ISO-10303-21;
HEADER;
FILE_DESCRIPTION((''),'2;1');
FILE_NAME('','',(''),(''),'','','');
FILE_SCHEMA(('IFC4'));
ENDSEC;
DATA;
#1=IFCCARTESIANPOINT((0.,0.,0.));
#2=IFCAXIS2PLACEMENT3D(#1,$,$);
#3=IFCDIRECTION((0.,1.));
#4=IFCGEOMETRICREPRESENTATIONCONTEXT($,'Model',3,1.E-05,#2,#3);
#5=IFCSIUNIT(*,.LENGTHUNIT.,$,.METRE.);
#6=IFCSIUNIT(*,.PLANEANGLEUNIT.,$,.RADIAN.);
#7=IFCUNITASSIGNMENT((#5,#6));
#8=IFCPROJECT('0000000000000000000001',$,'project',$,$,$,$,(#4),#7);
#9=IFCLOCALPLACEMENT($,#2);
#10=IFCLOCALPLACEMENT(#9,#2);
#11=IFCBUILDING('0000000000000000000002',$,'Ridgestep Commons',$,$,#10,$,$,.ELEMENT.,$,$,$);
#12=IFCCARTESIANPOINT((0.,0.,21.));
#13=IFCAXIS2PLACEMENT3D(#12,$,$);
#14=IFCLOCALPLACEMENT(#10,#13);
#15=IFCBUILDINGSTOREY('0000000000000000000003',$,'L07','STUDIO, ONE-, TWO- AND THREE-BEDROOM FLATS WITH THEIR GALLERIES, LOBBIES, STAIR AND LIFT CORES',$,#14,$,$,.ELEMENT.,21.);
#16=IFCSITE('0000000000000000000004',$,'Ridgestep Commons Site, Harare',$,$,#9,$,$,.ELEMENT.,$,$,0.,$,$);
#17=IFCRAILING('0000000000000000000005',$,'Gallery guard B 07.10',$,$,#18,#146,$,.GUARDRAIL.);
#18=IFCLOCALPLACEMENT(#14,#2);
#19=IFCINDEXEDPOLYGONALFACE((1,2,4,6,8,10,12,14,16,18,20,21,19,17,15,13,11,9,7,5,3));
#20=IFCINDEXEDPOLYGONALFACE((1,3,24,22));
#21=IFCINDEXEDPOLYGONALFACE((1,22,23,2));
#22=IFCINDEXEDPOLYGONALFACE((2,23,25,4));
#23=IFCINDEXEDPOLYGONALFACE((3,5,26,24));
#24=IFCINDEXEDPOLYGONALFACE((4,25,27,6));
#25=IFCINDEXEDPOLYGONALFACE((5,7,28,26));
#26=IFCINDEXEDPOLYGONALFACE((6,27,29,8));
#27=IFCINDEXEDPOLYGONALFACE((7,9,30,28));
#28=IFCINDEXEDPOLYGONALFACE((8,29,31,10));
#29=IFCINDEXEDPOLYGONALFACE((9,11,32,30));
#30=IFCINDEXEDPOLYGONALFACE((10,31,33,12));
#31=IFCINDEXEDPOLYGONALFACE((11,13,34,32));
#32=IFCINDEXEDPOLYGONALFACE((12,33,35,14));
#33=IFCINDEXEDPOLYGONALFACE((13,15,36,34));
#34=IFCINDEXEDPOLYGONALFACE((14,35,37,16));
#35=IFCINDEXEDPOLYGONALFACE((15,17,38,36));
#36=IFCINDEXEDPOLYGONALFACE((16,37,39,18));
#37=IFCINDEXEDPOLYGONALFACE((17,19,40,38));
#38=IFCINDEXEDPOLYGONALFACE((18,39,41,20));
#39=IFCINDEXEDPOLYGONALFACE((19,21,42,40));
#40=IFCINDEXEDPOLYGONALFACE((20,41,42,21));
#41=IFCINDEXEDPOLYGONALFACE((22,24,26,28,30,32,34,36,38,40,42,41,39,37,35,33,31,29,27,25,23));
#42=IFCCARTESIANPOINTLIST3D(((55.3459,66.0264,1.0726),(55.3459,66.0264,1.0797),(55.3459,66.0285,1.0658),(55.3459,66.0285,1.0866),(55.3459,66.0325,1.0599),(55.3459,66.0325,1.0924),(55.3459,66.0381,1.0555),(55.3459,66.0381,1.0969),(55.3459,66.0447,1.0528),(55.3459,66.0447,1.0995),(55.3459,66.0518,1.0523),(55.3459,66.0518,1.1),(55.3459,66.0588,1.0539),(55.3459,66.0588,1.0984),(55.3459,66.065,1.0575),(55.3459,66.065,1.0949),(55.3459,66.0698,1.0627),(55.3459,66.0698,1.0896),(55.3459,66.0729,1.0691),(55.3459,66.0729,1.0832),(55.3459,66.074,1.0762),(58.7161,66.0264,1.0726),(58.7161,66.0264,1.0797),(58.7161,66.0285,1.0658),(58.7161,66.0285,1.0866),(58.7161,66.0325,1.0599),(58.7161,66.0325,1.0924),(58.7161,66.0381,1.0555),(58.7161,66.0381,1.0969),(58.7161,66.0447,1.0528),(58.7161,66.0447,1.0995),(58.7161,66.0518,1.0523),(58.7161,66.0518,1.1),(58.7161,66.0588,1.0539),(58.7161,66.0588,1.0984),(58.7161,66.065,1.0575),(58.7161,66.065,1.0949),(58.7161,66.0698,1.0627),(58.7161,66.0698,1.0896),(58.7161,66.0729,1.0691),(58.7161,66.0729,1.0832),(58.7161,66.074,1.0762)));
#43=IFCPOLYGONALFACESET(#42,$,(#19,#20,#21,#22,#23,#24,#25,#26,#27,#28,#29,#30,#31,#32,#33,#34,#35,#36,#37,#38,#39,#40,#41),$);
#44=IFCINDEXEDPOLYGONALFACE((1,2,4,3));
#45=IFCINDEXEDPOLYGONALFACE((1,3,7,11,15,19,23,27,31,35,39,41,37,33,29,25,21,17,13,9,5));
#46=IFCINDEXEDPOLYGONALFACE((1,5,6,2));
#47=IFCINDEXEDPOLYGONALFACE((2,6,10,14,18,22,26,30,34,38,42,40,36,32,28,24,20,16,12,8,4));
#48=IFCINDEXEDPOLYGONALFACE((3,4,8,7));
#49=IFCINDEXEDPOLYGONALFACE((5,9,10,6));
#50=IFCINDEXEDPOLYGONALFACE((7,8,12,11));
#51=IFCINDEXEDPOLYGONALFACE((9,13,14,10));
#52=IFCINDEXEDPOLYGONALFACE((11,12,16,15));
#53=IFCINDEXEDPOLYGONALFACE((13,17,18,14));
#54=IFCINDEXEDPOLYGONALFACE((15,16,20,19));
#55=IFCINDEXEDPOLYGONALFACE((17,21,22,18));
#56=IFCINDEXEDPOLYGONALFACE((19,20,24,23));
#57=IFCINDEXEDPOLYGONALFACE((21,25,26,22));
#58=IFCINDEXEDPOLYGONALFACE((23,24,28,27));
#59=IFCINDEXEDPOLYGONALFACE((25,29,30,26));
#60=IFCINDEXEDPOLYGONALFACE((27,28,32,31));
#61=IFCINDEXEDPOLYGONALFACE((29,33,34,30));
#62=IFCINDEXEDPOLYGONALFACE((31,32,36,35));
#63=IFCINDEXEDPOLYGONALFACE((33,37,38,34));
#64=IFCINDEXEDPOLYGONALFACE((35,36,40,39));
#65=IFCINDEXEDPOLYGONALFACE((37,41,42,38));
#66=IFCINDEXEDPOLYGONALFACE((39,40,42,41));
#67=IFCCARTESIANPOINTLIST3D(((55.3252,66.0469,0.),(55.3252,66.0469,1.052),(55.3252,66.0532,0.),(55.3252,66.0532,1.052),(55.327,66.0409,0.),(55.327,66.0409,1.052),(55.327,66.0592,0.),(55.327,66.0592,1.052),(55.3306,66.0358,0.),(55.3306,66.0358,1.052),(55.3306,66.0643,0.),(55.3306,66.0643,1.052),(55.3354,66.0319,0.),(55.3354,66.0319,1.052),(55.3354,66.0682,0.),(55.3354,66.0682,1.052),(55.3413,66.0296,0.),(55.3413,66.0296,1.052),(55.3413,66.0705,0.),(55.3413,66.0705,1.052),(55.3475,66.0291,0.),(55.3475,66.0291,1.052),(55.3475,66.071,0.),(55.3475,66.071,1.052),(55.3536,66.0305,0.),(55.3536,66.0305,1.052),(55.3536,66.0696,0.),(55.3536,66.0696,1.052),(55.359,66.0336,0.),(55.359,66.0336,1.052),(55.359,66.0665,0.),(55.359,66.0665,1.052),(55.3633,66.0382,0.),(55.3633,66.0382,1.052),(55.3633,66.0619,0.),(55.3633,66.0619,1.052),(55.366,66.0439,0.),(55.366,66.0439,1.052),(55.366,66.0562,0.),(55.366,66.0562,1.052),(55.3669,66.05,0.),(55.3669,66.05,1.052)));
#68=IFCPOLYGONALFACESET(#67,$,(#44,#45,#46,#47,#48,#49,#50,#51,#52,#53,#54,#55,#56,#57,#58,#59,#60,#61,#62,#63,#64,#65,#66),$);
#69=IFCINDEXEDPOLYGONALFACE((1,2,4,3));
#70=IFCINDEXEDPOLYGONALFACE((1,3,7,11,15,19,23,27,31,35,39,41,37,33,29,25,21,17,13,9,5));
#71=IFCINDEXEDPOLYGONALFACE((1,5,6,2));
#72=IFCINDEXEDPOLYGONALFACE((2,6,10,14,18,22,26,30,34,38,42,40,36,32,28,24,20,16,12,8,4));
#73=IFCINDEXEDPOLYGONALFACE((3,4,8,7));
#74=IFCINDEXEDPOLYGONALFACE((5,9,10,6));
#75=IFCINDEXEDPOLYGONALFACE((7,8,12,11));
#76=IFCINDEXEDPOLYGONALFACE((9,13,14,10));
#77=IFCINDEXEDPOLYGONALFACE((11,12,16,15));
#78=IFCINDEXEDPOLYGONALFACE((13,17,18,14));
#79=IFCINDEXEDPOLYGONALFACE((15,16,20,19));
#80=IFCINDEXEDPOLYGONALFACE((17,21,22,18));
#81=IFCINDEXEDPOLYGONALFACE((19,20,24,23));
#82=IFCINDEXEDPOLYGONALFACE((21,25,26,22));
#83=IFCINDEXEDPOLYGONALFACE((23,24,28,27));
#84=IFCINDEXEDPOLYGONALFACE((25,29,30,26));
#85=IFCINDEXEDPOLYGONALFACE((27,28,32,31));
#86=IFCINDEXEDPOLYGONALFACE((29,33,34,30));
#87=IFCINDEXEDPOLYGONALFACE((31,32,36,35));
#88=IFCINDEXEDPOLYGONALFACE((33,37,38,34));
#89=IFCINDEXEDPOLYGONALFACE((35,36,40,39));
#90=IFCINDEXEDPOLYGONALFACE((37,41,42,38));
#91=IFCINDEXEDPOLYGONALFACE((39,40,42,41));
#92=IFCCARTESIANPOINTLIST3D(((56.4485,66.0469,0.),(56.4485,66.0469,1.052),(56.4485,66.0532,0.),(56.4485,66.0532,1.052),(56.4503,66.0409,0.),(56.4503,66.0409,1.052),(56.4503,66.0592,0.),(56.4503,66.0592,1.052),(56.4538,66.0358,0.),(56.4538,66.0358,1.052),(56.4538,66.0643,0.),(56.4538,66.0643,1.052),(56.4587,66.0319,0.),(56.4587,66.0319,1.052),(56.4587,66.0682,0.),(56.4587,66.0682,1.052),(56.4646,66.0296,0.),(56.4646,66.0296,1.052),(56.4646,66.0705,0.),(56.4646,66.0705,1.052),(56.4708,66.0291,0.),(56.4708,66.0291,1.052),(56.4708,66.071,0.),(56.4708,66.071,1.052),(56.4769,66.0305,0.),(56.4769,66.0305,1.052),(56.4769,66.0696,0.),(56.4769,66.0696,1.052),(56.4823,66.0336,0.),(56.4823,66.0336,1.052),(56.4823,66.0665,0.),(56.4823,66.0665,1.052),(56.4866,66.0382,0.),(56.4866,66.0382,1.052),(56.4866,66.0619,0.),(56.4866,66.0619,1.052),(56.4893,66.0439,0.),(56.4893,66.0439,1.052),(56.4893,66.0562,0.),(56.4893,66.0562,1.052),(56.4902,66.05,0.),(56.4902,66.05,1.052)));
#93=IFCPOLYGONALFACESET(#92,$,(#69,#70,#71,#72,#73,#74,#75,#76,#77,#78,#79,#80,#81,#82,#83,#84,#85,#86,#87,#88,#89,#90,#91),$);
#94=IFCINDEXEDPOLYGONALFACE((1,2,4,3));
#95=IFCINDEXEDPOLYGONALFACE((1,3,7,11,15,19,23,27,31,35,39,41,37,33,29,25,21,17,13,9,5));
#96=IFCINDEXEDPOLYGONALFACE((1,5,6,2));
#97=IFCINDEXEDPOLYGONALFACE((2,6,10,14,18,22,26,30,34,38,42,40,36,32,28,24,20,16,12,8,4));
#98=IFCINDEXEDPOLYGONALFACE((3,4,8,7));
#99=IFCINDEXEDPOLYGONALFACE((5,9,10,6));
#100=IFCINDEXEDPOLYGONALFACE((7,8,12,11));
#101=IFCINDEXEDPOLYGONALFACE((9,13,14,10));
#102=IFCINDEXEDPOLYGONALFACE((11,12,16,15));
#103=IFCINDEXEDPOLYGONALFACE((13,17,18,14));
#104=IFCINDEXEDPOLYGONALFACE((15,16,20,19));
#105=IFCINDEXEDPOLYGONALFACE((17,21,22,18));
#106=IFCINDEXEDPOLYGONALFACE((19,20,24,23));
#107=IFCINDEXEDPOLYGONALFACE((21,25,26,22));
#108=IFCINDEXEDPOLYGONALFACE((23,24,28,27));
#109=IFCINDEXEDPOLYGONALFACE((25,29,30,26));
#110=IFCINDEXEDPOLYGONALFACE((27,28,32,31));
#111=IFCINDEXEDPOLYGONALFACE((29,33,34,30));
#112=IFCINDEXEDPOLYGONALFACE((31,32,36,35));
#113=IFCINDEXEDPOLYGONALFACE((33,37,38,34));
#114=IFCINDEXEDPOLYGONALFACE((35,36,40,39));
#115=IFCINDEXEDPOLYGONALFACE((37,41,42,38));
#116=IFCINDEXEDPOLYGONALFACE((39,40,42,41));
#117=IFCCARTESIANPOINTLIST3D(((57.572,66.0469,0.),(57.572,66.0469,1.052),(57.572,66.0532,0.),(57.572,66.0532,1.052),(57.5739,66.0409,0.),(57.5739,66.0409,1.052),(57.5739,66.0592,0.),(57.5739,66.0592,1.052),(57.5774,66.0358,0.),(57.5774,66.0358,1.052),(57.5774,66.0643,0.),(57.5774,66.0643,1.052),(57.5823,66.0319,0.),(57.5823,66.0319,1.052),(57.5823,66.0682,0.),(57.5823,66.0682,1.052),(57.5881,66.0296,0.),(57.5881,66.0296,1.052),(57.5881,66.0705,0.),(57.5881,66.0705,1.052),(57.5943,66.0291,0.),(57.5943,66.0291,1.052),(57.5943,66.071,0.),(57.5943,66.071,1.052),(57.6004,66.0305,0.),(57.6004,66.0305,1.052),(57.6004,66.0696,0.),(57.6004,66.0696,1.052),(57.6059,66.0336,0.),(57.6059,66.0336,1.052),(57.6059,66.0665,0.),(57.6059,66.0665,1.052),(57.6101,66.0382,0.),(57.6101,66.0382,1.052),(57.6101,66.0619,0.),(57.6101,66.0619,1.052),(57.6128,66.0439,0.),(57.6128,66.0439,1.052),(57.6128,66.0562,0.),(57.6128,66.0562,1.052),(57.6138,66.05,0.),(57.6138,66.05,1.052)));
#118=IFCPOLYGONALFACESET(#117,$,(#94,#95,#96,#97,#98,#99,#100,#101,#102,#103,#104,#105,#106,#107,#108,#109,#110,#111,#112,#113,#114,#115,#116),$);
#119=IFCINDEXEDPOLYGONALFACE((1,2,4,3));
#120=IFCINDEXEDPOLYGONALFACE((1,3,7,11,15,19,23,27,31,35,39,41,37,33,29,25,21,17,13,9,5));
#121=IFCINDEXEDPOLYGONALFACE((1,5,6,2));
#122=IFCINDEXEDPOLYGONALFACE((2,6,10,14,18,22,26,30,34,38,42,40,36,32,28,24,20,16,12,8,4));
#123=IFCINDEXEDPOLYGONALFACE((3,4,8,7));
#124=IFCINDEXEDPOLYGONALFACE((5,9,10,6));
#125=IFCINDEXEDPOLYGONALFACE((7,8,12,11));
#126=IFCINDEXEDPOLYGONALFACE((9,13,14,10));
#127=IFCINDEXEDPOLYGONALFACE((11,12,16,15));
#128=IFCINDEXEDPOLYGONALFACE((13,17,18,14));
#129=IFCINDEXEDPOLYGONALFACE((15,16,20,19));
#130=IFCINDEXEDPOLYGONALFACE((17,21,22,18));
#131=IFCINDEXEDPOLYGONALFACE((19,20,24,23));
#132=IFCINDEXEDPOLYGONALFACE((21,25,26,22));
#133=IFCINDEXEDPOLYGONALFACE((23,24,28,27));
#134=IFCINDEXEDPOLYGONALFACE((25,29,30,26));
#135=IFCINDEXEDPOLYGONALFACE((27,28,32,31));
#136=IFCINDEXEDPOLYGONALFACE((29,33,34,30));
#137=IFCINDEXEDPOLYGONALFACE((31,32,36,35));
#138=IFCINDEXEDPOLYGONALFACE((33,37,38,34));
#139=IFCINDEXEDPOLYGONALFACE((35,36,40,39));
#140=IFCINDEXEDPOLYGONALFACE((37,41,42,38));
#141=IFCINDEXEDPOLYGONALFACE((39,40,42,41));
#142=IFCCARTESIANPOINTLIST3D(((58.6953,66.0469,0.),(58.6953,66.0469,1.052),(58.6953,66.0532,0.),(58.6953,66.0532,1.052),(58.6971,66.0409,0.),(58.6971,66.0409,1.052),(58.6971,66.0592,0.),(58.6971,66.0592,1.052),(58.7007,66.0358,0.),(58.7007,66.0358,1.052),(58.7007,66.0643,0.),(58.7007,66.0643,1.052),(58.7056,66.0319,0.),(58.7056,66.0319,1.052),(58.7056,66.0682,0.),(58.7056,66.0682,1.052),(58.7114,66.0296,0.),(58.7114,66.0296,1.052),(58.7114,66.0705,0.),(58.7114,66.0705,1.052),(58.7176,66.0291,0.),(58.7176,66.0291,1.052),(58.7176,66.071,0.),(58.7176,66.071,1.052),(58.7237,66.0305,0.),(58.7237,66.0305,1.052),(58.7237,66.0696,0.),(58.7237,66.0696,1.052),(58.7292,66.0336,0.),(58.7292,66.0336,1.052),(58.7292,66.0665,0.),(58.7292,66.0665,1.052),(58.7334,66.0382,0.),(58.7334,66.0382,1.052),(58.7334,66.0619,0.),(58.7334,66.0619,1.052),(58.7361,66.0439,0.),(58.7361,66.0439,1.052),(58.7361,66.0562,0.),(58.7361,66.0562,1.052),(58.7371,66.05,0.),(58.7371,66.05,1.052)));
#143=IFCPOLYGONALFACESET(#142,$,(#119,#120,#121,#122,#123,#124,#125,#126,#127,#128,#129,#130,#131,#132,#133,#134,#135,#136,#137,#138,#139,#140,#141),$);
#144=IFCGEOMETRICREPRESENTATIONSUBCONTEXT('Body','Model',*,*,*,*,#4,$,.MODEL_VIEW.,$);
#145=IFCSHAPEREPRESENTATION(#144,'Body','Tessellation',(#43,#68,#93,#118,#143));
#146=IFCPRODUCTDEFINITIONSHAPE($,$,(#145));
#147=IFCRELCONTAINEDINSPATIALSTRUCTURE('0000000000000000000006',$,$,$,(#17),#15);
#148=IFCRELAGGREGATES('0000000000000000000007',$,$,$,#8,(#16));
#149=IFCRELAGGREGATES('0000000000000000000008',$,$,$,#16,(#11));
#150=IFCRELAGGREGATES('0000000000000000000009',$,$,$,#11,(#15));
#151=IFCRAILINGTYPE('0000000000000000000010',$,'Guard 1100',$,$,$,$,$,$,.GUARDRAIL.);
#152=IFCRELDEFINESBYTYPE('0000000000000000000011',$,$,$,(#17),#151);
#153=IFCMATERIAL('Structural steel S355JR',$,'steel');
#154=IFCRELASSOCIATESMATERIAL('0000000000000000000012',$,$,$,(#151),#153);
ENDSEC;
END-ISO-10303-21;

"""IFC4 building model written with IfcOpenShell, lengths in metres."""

from ifc_helpers import new_model, si_unit, direction, frame, origin, origin_2d, place, context, subcontext, project, spatial, circle, extrude, material, type_object, element, save


model = new_model("IFC4")

# Units and contexts
model_context = context("Model", 3, precision=1e-05, world=origin(), true_north=direction((0.0, 1.0)))
body_context = subcontext(model_context, "Body", "Model", "MODEL_VIEW")
ifc_project = project(units=[si_unit("LENGTHUNIT", "METRE"), si_unit("PLANEANGLEUNIT", "RADIAN")], contexts=[model_context])

# Site, building, storey
site_placement = place(None, origin())
site = spatial("IfcSite", under=ifc_project, at=site_placement, Name="Ridgestep Commons Site, Harare", CompositionType="ELEMENT", RefElevation=0.0)
building_placement = place(site_placement, origin())
building = spatial("IfcBuilding", under=site, at=building_placement, Name="Ridgestep Commons", CompositionType="ELEMENT")
storey_placement = place(building_placement, frame((0.0, 0.0, 21.0)))
storey = spatial("IfcBuildingStorey", under=building, at=storey_placement, Name="L07", Description="STUDIO, ONE-, TWO- AND THREE-BEDROOM FLATS WITH THEIR GALLERIES, LOBBIES, STAIR AND LIFT CORES", CompositionType="ELEMENT", Elevation=21.0)

# Railing
ifc_material_1 = material(Name="Structural steel S355JR", Category="steel")
railing_type_1 = type_object("IfcRailingType", Name="Guard 1100", PredefinedType="GUARDRAIL", material=ifc_material_1)
railing_1_placement = place(storey_placement, frame((55.3459, 66.05, 0.0)))
element("IfcRailing", 1, at=railing_1_placement, inside=storey, type_object=railing_type_1, Name="Gallery guard B 07.10", PredefinedType="GUARDRAIL", context=body_context, shape_type="SweptSolid", body=[
    extrude(circle(Radius=0.0239, at=origin_2d()), frame((0.0, 0.0, 1.0762), z_axis=(1.0, 0.0, 0.0), x_axis=(0.0, 1.0, 0.0)), (0.0, 0.0, 1.0), 3.3701),
    extrude(circle(Radius=0.021, at=origin_2d()), origin(), (0.0, 0.0, 1.0), 1.052),
    extrude(circle(Radius=0.021, at=origin_2d()), frame((1.1233, 0.0, 0.0)), (0.0, 0.0, 1.0), 1.052),
    extrude(circle(Radius=0.021, at=origin_2d()), frame((2.2468, 0.0, 0.0)), (0.0, 0.0, 1.0), 1.052),
    extrude(circle(Radius=0.021, at=origin_2d()), frame((3.3701, 0.0, 0.0)), (0.0, 0.0, 1.0), 1.052),
])

save(model, "model.ifc")
